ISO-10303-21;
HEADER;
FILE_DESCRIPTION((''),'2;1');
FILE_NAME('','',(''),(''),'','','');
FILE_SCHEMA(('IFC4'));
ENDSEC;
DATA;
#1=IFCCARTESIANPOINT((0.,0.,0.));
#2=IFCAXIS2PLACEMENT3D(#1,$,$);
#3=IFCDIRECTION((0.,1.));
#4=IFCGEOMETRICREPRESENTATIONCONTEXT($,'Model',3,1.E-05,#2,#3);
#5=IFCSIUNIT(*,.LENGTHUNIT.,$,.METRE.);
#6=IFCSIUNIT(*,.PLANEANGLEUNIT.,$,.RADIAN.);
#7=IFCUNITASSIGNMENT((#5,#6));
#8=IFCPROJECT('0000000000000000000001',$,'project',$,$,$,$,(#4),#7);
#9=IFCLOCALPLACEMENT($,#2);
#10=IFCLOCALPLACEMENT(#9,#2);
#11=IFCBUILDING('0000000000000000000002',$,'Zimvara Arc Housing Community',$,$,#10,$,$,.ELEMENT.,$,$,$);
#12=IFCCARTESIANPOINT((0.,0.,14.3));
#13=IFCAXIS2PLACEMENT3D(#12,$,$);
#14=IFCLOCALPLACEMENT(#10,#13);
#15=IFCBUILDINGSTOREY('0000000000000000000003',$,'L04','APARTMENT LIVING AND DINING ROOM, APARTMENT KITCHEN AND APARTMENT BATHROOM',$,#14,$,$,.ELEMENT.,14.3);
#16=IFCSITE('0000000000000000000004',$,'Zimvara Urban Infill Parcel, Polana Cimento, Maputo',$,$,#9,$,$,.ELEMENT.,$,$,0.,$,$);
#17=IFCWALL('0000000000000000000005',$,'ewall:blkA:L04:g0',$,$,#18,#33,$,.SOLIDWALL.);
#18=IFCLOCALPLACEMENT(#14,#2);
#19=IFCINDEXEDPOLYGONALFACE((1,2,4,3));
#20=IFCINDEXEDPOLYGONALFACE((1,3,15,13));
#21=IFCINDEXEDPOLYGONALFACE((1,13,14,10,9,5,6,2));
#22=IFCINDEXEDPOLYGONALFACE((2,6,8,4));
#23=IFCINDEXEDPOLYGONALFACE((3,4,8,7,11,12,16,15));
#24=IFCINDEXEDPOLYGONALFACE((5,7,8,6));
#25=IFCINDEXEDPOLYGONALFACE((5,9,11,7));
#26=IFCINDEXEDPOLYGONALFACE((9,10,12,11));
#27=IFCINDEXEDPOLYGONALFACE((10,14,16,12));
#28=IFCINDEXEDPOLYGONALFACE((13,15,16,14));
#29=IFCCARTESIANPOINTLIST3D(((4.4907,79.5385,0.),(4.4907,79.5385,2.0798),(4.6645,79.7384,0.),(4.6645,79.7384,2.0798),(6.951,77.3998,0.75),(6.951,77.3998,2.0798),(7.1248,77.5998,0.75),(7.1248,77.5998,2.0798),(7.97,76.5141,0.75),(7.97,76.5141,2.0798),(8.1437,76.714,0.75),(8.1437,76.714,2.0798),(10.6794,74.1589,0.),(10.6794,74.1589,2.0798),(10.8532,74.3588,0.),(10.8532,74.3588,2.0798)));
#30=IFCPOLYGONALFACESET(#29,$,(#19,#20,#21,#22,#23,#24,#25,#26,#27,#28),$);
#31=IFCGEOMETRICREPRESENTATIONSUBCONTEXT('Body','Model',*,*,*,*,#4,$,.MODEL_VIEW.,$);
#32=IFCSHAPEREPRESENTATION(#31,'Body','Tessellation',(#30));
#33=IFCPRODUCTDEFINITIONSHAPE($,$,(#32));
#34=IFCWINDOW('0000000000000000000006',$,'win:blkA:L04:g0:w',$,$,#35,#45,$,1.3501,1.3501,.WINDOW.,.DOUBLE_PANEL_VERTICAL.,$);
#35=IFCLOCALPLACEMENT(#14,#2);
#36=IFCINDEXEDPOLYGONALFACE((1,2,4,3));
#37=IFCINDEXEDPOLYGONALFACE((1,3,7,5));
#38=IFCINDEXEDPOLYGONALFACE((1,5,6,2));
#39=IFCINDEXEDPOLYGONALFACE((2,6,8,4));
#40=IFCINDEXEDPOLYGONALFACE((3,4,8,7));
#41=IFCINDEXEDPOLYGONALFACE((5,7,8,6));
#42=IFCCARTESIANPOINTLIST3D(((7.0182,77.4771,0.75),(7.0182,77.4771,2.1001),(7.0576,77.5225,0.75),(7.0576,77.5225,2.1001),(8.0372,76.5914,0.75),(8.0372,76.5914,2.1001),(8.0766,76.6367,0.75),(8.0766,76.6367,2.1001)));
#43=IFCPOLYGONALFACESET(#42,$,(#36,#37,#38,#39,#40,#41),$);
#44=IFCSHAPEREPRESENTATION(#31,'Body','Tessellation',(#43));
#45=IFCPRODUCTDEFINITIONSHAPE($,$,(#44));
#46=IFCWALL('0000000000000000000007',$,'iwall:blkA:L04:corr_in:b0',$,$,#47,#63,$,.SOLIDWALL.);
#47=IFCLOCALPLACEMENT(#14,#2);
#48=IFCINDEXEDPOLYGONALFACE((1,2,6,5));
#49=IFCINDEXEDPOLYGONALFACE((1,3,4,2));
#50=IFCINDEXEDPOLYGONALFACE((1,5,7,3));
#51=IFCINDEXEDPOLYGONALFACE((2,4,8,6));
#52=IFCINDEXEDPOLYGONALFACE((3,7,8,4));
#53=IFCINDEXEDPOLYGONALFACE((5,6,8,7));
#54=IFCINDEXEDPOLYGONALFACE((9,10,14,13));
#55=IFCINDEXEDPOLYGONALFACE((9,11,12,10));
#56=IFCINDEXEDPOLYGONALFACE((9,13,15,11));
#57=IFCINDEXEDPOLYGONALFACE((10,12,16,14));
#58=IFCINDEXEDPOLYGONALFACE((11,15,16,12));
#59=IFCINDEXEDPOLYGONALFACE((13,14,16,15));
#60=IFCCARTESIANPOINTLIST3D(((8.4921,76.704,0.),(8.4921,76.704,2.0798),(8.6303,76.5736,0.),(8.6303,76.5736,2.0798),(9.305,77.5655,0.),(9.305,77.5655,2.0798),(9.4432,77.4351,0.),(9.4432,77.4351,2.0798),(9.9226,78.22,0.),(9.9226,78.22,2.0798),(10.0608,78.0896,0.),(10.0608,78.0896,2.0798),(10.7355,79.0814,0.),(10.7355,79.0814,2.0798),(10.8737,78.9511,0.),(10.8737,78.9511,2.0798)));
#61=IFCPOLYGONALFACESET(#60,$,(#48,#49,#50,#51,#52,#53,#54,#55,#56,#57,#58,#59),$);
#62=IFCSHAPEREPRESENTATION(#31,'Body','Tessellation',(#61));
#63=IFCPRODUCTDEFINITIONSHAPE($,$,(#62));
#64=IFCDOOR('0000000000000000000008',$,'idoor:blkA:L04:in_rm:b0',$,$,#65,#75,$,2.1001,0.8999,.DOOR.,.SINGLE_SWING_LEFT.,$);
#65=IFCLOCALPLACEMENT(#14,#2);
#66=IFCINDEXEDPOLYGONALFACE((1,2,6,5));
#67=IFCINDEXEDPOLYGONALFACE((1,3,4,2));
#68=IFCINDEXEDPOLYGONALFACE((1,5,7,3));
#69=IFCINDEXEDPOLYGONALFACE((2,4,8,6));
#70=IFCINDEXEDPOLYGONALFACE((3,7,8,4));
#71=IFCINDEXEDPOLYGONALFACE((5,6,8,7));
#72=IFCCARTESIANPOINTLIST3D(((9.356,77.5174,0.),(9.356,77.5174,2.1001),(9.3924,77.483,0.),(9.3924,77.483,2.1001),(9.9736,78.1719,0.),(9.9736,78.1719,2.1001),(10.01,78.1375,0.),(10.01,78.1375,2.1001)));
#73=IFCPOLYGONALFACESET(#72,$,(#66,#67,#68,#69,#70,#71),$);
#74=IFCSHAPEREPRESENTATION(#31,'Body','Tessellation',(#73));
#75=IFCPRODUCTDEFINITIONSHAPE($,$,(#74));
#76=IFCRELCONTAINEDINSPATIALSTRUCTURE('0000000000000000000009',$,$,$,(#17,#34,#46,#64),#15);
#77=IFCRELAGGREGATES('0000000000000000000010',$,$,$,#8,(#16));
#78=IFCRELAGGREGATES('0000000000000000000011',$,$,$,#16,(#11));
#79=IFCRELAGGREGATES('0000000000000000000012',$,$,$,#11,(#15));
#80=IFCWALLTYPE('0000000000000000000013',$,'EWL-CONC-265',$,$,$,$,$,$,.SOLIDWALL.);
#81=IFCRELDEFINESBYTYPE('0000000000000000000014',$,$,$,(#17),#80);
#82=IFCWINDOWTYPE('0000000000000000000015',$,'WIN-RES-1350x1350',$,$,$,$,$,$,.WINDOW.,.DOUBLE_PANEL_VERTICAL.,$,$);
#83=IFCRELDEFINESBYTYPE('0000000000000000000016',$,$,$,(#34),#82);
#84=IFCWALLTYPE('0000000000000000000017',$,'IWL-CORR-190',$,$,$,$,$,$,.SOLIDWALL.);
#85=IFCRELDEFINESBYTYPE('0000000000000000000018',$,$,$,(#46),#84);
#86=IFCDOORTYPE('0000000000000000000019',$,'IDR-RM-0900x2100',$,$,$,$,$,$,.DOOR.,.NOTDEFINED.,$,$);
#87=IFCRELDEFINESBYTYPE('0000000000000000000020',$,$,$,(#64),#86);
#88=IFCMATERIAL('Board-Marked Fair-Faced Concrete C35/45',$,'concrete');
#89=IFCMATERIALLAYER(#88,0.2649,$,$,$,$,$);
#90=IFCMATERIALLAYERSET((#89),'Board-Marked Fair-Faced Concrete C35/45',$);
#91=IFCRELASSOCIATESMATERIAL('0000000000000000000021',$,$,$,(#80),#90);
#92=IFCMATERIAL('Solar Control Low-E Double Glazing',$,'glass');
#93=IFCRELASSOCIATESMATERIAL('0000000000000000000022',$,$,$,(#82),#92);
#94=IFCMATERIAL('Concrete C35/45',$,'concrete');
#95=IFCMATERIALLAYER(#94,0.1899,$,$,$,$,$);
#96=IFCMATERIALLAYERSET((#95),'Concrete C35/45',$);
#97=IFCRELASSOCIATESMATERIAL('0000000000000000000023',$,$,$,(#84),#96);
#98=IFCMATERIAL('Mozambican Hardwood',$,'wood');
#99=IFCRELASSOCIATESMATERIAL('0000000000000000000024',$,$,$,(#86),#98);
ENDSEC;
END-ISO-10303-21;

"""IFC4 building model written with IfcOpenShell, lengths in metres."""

from ifc_helpers import new_model, si_unit, direction, frame, frame_2d, origin, place, context, subcontext, project, spatial, rectangle, extrude, material, layer, layer_set, type_object, element, fill, save


model = new_model("IFC4")

# Units and contexts
model_context = context("Model", 3, precision=1e-05, world=origin(), true_north=direction((0.0, 1.0)))
body_context = subcontext(model_context, "Body", "Model", "MODEL_VIEW")
ifc_project = project(units=[si_unit("LENGTHUNIT", "METRE"), si_unit("PLANEANGLEUNIT", "RADIAN")], contexts=[model_context])

# Site, building, storey
site_placement = place(None, origin())
site = spatial("IfcSite", under=ifc_project, at=site_placement, Name="Zimvara Urban Infill Parcel, Polana Cimento, Maputo", CompositionType="ELEMENT", RefElevation=0.0)
building_placement = place(site_placement, origin())
building = spatial("IfcBuilding", under=site, at=building_placement, Name="Zimvara Arc Housing Community", CompositionType="ELEMENT")
storey_placement = place(building_placement, frame((0.0, 0.0, 14.3)))
storey = spatial("IfcBuildingStorey", under=building, at=storey_placement, Name="L04", Description="APARTMENT LIVING AND DINING ROOM, APARTMENT KITCHEN AND APARTMENT BATHROOM", CompositionType="ELEMENT", Elevation=14.3)

# Wall, opening, window
ifc_material_1 = material(Name="Board-Marked Fair-Faced Concrete C35/45", Category="concrete")
ifc_layer_1 = layer(ifc_material_1, 0.2649)
ifc_layer_set_1 = layer_set([ifc_layer_1], Name="Board-Marked Fair-Faced Concrete C35/45")
wall_type_1 = type_object("IfcWallType", Name="EWL-CONC-265", PredefinedType="SOLIDWALL", material=ifc_layer_set_1)
wall_1_placement = place(storey_placement, frame((10.7664, 74.2588, 0.0), z_axis=(0.0, 0.0, 1.0), x_axis=(-0.754718, 0.65605, 0.0)))
wall_1 = element("IfcWall", 1, at=wall_1_placement, inside=storey, type_object=wall_type_1, Name="ewall:blkA:L04:g0", PredefinedType="SOLIDWALL", context=body_context, shape_type="SweptSolid", body=[
    extrude(rectangle(XDim=8.2, YDim=0.2649, at=frame_2d((4.1001, 0.0))), origin(), (0.0, 0.0, 1.0), 2.0798),
])
opening_1_placement = place(wall_1_placement, frame((3.5901, 0.0, 0.75)))
opening_1 = element("IfcOpeningElement", 2, at=opening_1_placement, cuts=wall_1, PredefinedType="OPENING", context=body_context, shape_type="SweptSolid", body=[
    extrude(rectangle(XDim=1.3501, YDim=1.3501, at=frame_2d((0.675, 0.675))), frame((0.0, 0.1423, 0.0), z_axis=(0.0, -1.0, 0.0), x_axis=(1.0, 0.0, 0.0)), (0.0, 0.0, 1.0), 0.2849),
])
ifc_material_2 = material(Name="Solar Control Low-E Double Glazing", Category="glass")
window_type = type_object("IfcWindowType", Name="WIN-RES-1350x1350", PartitioningType="DOUBLE_PANEL_VERTICAL", PredefinedType="WINDOW", material=ifc_material_2)
window_placement = place(opening_1_placement, origin())
window = element("IfcWindow", 3, at=window_placement, inside=storey, type_object=window_type, Name="win:blkA:L04:g0:w", OverallHeight=1.3501, OverallWidth=1.3501, PartitioningType="DOUBLE_PANEL_VERTICAL", PredefinedType="WINDOW", context=body_context, shape_type="SweptSolid", body=[
    extrude(rectangle(XDim=1.3501, YDim=1.3501, at=frame_2d((0.675, 0.675))), frame((0.0, 0.03, 0.0), z_axis=(0.0, -1.0, 0.0), x_axis=(1.0, 0.0, 0.0)), (0.0, 0.0, 1.0), 0.0601),
])
fill(opening_1, window)

# Wall, opening, door
ifc_material_3 = material(Name="Concrete C35/45", Category="concrete")
ifc_layer_2 = layer(ifc_material_3, 0.1899)
ifc_layer_set_2 = layer_set([ifc_layer_2], Name="Concrete C35/45")
wall_type_2 = type_object("IfcWallType", Name="IWL-CORR-190", PredefinedType="SOLIDWALL", material=ifc_layer_set_2)
wall_2_placement = place(storey_placement, frame((8.5613, 76.6389, 0.0), z_axis=(0.0, 0.0, 1.0), x_axis=(0.686308, 0.727311, 0.0)))
wall_2 = element("IfcWall", 4, at=wall_2_placement, inside=storey, type_object=wall_type_2, Name="iwall:blkA:L04:corr_in:b0", PredefinedType="SOLIDWALL", context=body_context, shape_type="SweptSolid", body=[
    extrude(rectangle(XDim=3.2688, YDim=0.1899, at=frame_2d((1.6343, 0.0))), origin(), (0.0, 0.0, 1.0), 2.0798),
])
opening_2_placement = place(wall_2_placement, frame((1.1843, 0.0, 0.0)))
opening_2 = element("IfcOpeningElement", 5, at=opening_2_placement, cuts=wall_2, PredefinedType="OPENING", context=body_context, shape_type="SweptSolid", body=[
    extrude(rectangle(XDim=0.8999, YDim=2.1001, at=frame_2d((0.45, 1.05))), frame((0.0, 0.105, 0.0), z_axis=(0.0, -1.0, 0.0), x_axis=(1.0, 0.0, 0.0)), (0.0, 0.0, 1.0), 0.21),
])
ifc_material_4 = material(Name="Mozambican Hardwood", Category="wood")
door_type_1 = type_object("IfcDoorType", Name="IDR-RM-0900x2100", OperationType="NOTDEFINED", PredefinedType="DOOR", material=ifc_material_4)
door_1_placement = place(opening_2_placement, origin())
door_1 = element("IfcDoor", 6, at=door_1_placement, inside=storey, type_object=door_type_1, Name="idoor:blkA:L04:in_rm:b0", OperationType="SINGLE_SWING_LEFT", OverallHeight=2.1001, OverallWidth=0.8999, PredefinedType="DOOR", context=body_context, shape_type="SweptSolid", body=[
    extrude(rectangle(XDim=0.8999, YDim=2.1001, at=frame_2d((0.45, 1.05))), frame((0.0, 0.0249, 0.0), z_axis=(0.0, -1.0, 0.0), x_axis=(1.0, 0.0, 0.0)), (0.0, 0.0, 1.0), 0.05),
])
fill(opening_2, door_1)

save(model, "model.ifc")
